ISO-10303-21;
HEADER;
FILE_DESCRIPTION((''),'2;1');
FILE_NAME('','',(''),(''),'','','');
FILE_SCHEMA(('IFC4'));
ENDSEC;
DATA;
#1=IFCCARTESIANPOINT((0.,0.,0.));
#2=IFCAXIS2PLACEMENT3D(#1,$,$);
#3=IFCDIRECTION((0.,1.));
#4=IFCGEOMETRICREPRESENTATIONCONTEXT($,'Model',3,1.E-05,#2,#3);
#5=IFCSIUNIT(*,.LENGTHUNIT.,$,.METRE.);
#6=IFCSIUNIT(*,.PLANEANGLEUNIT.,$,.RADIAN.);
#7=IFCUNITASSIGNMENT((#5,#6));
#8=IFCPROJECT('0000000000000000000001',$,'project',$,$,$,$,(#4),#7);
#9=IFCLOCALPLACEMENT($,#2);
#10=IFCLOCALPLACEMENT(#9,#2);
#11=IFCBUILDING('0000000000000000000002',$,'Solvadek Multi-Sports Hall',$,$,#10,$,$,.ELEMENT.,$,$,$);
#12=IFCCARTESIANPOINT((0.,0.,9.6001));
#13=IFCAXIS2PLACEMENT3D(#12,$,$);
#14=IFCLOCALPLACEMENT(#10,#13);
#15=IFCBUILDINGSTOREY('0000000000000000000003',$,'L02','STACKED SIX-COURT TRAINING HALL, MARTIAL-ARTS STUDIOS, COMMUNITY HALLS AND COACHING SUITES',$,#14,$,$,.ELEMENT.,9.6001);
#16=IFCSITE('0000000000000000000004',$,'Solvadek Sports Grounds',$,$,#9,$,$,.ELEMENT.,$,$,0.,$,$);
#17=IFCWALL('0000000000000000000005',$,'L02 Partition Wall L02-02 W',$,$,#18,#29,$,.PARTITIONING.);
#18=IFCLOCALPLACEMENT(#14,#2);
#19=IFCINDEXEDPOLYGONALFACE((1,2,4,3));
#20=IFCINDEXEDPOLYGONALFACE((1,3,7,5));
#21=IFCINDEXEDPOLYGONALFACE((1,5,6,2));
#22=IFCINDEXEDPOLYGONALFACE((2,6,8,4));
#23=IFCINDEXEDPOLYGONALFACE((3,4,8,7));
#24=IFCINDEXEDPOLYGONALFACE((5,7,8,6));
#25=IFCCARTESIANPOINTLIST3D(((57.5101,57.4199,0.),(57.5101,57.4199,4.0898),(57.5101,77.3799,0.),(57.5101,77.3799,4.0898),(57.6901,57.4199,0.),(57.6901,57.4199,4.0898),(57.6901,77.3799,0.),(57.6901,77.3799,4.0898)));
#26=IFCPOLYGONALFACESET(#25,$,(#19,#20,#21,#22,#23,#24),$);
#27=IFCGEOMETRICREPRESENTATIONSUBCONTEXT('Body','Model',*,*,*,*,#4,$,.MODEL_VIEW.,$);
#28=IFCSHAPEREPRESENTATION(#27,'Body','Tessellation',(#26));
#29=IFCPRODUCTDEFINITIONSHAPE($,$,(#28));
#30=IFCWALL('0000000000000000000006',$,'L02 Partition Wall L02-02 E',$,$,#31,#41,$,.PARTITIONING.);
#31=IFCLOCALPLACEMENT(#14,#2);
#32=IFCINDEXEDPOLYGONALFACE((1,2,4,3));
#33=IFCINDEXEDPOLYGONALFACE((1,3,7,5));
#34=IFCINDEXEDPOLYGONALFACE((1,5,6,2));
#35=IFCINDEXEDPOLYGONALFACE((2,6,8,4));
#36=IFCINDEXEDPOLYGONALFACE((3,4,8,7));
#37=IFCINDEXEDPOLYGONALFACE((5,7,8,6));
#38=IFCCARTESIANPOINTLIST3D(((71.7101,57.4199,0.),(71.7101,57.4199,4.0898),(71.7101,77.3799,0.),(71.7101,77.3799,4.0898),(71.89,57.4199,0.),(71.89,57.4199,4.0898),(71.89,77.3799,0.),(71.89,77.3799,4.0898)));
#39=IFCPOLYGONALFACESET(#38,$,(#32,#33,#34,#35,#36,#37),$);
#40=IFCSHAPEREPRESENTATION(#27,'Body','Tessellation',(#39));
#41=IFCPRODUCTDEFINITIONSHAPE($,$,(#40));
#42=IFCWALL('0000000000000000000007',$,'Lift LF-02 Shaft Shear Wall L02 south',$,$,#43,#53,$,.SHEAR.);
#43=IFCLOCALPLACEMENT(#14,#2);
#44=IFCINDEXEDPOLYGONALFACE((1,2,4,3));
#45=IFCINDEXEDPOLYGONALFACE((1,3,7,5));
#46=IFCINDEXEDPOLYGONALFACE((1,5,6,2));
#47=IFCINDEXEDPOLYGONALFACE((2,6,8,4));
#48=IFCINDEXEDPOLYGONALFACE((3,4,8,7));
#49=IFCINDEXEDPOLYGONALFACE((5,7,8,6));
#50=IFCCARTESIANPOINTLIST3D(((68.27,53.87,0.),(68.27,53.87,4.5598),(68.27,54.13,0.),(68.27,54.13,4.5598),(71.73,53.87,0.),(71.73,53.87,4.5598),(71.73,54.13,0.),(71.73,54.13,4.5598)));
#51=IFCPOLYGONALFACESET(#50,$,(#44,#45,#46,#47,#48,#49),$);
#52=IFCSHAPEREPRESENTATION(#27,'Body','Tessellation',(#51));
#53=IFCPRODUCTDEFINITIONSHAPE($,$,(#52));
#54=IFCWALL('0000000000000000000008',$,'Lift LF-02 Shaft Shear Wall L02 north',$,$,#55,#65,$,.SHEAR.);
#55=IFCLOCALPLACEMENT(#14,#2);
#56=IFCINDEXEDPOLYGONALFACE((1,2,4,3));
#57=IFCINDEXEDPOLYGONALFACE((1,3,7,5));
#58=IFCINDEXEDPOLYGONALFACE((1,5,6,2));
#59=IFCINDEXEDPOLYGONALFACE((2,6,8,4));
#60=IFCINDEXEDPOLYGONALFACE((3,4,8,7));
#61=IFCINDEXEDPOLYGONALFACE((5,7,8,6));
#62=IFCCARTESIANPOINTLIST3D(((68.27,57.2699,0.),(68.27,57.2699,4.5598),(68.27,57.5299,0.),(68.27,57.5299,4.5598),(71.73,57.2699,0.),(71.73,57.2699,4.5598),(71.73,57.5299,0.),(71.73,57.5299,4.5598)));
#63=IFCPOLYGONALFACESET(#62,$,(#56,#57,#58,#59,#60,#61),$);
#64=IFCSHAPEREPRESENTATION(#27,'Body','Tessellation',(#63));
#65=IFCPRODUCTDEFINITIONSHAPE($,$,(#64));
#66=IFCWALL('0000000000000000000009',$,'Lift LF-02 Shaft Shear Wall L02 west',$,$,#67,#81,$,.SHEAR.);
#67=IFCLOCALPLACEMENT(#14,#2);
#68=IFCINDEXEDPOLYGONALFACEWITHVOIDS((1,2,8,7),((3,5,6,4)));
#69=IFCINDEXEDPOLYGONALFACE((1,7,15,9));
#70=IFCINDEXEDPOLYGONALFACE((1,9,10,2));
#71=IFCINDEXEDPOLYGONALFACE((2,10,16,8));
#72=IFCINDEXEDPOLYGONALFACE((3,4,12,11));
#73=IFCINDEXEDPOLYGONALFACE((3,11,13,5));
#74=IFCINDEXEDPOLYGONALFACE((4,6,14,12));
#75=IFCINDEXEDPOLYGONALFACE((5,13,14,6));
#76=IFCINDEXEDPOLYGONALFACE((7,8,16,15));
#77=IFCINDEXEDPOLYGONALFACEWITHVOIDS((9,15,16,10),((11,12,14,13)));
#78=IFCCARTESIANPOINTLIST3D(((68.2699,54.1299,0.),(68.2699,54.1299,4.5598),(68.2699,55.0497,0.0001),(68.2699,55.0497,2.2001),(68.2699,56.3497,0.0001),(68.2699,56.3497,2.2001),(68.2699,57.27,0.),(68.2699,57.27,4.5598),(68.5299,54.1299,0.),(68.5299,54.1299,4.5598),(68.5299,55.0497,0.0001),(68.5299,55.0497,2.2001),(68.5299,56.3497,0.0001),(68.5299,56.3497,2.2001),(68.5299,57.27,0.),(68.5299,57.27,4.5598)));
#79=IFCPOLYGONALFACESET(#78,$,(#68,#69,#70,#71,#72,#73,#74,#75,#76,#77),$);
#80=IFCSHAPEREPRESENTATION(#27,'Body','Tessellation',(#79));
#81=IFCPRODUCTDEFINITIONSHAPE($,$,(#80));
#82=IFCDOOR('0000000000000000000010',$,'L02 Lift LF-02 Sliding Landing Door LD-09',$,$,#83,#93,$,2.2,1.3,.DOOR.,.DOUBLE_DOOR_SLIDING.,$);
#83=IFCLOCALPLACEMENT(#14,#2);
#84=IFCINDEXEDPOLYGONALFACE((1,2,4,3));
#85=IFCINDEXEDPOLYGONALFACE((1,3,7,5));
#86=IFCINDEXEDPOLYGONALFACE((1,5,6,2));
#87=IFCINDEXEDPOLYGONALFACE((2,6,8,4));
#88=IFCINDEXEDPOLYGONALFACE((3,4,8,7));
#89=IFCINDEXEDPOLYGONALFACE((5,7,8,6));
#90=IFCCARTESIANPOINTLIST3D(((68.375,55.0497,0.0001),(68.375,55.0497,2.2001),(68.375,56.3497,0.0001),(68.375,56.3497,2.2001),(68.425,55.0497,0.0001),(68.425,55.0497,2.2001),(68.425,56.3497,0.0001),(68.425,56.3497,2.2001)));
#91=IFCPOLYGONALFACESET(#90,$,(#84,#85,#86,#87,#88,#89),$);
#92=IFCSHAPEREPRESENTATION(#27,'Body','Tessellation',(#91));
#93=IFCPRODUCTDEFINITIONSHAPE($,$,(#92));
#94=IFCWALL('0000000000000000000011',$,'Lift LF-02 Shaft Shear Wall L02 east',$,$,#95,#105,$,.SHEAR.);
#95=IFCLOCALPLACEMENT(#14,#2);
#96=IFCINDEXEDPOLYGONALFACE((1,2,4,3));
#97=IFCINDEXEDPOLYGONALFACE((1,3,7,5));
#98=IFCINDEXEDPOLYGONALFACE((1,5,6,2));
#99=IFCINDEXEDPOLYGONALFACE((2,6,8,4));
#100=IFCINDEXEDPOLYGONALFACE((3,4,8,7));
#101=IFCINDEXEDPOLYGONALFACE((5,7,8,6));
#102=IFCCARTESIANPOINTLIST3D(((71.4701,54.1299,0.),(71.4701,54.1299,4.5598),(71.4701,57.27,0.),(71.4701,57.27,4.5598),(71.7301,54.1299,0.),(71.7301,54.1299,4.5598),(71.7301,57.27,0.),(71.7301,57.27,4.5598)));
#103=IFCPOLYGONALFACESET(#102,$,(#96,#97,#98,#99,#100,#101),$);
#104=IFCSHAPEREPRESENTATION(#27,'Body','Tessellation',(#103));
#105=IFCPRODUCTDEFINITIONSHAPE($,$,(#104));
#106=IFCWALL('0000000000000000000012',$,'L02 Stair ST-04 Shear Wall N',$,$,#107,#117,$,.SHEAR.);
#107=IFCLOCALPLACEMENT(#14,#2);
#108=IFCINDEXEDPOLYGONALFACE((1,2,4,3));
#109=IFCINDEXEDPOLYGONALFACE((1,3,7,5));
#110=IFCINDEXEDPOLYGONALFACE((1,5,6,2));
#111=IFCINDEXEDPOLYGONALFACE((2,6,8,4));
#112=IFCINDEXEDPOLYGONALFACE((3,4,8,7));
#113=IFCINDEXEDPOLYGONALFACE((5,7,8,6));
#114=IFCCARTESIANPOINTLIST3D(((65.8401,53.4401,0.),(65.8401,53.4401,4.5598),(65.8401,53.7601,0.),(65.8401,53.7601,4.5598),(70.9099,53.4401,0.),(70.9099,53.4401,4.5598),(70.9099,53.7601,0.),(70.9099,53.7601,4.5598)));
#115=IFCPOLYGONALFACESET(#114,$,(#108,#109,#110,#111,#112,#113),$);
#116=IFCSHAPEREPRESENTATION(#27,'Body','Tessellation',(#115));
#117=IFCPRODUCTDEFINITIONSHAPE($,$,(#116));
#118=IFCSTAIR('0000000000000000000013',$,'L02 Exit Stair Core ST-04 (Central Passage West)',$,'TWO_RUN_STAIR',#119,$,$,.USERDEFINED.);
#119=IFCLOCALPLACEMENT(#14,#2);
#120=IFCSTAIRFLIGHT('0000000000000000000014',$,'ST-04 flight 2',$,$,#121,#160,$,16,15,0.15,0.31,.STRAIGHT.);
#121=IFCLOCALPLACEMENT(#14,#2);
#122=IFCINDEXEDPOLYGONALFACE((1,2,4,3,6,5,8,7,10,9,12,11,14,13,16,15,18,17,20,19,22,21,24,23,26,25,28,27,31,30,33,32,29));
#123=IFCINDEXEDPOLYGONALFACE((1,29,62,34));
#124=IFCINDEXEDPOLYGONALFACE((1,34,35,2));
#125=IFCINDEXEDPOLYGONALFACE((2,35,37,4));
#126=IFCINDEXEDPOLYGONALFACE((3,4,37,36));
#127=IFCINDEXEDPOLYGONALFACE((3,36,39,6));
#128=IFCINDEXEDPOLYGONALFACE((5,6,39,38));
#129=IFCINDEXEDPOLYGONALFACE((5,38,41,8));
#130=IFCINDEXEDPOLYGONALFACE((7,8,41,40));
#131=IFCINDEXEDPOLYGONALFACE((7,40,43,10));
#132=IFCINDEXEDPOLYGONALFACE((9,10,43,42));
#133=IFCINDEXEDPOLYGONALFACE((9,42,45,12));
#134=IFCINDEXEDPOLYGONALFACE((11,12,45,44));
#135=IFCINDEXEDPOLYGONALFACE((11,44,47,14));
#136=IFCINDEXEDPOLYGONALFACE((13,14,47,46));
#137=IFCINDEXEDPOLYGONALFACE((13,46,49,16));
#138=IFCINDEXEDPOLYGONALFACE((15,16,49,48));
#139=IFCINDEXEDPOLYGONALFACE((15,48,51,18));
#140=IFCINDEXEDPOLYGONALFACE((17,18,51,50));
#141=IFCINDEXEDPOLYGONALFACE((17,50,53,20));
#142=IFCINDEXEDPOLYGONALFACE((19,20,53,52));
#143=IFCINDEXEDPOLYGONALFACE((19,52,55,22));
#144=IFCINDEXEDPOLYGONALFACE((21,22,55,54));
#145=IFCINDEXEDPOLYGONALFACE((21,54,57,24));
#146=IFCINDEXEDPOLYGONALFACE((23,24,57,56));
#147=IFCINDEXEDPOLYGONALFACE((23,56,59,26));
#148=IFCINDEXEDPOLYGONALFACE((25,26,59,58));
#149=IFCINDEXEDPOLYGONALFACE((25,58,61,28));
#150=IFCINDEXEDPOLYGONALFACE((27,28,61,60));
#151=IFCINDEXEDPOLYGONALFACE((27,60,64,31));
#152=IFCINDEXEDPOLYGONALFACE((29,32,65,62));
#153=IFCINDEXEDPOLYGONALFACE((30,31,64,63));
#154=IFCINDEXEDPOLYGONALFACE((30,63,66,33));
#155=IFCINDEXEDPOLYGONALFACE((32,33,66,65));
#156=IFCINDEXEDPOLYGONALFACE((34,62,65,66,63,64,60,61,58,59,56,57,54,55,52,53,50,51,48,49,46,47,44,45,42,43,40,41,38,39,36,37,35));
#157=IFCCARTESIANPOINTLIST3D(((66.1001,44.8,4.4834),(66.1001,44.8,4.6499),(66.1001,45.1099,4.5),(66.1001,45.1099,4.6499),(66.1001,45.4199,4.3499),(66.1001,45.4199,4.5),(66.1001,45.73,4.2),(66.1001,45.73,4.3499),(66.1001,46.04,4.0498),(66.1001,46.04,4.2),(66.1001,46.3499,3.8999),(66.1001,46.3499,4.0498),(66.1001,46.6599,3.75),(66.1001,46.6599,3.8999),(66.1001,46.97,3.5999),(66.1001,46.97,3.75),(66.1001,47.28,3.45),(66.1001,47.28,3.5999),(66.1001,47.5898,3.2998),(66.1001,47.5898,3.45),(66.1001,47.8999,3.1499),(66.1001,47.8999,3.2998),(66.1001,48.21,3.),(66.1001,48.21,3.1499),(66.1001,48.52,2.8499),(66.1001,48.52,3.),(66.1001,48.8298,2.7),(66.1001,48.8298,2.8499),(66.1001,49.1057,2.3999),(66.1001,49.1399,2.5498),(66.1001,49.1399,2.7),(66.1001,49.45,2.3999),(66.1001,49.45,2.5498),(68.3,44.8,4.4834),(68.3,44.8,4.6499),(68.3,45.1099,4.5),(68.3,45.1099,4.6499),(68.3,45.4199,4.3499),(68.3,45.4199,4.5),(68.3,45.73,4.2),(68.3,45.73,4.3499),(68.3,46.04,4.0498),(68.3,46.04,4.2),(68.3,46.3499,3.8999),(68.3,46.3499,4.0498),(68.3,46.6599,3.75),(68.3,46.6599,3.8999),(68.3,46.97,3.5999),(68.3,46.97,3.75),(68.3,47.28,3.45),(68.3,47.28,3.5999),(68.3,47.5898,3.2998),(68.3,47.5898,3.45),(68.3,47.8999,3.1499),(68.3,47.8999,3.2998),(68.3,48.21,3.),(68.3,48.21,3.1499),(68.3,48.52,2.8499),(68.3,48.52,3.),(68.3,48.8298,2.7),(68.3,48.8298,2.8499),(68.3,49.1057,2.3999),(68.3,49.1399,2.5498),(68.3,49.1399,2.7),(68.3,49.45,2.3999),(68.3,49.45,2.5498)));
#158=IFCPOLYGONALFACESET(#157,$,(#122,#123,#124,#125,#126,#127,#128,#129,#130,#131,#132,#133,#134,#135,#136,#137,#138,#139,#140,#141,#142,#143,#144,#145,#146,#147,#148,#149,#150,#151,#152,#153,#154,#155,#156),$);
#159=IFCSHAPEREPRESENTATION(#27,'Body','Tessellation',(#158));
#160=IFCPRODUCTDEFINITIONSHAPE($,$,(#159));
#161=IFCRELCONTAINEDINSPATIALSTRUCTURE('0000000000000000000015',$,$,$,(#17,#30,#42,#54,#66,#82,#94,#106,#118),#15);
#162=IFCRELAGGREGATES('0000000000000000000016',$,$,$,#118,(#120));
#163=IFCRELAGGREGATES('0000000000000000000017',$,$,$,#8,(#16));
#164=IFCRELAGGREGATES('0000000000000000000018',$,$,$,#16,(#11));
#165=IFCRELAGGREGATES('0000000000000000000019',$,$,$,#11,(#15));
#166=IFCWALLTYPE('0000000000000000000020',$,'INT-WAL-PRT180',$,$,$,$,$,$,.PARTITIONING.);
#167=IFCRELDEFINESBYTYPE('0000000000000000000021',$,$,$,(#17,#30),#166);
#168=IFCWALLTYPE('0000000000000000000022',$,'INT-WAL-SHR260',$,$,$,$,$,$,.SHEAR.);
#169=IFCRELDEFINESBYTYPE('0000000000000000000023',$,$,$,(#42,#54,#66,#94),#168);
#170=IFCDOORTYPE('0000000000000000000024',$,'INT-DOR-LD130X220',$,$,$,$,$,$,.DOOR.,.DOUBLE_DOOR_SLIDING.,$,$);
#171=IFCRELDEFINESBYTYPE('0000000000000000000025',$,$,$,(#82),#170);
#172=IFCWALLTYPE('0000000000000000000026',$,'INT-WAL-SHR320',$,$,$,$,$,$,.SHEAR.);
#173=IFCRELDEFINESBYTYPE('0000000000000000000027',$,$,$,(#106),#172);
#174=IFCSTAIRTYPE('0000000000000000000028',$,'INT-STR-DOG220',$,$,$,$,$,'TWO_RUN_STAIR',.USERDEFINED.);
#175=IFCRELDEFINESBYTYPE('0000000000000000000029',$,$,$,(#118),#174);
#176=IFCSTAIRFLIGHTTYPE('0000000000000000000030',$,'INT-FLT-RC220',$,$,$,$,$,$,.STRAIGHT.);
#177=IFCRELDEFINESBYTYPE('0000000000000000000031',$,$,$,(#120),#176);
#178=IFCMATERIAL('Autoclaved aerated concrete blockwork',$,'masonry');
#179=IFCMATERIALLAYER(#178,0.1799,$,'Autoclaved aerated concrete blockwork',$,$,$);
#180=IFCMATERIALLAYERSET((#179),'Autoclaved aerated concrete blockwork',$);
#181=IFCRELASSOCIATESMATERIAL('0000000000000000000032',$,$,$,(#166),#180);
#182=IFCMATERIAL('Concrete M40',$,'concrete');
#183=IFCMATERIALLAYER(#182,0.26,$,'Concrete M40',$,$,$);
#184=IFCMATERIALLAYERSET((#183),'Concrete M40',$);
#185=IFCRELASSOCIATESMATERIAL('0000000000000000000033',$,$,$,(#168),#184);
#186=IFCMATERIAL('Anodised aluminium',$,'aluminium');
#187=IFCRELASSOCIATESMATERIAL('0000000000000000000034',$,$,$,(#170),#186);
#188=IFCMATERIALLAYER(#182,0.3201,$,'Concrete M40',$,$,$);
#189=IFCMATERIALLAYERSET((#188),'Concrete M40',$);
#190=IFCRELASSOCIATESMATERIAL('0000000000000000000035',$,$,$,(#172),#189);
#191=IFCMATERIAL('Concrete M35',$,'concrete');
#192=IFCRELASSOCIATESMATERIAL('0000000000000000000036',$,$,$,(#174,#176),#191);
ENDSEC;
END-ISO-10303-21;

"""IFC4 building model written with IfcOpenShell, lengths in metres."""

from ifc_helpers import new_model, si_unit, direction, frame, frame_2d, origin, place, context, subcontext, project, spatial, polyline, rectangle, outline, extrude, material, layer, layer_set, type_object, element, fill, aggregate, save


model = new_model("IFC4")

# Units and contexts
model_context = context("Model", 3, precision=1e-05, world=origin(), true_north=direction((0.0, 1.0)))
body_context = subcontext(model_context, "Body", "Model", "MODEL_VIEW")
ifc_project = project(units=[si_unit("LENGTHUNIT", "METRE"), si_unit("PLANEANGLEUNIT", "RADIAN")], contexts=[model_context])

# Site, building, storey
site_placement = place(None, origin())
site = spatial("IfcSite", under=ifc_project, at=site_placement, Name="Solvadek Sports Grounds", CompositionType="ELEMENT", RefElevation=0.0)
building_placement = place(site_placement, origin())
building = spatial("IfcBuilding", under=site, at=building_placement, Name="Solvadek Multi-Sports Hall", CompositionType="ELEMENT")
storey_placement = place(building_placement, frame((0.0, 0.0, 9.6001)))
storey = spatial("IfcBuildingStorey", under=building, at=storey_placement, Name="L02", Description="STACKED SIX-COURT TRAINING HALL, MARTIAL-ARTS STUDIOS, COMMUNITY HALLS AND COACHING SUITES", CompositionType="ELEMENT", Elevation=9.6001)

# Shared definitions
ifc_material_1 = material(Name="Anodised aluminium", Category="aluminium")

# Shared definitions
ifc_material_2 = material(Name="Autoclaved aerated concrete blockwork", Category="masonry")
ifc_layer_1 = layer(ifc_material_2, 0.1799, Name="Autoclaved aerated concrete blockwork")
ifc_layer_set_1 = layer_set([ifc_layer_1], Name="Autoclaved aerated concrete blockwork")
wall_type_1 = type_object("IfcWallType", Name="INT-WAL-PRT180", PredefinedType="PARTITIONING", material=ifc_layer_set_1)

# Walls
for number, where, z_axis, x_axis, name in (
    (1, (57.6001, 57.4199, 0.0), (0.0, 0.0, 1.0), (0.0, 1.0, 0.0), "L02 Partition Wall L02-02 W"),
    (2, (71.8, 57.4199, 0.0), (0.0, 0.0, 1.0), (0.0, 1.0, 0.0), "L02 Partition Wall L02-02 E"),
):
    element("IfcWall", number, at=place(storey_placement, frame(where, z_axis=z_axis, x_axis=x_axis)), inside=storey, type_object=wall_type_1, Name=name, PredefinedType="PARTITIONING", context=body_context, shape_type="SweptSolid", body=[
        extrude(rectangle(XDim=19.96, YDim=0.1799, at=frame_2d((9.98, 0.0))), origin(), (0.0, 0.0, 1.0), 4.0898),
    ])
ifc_material_3 = material(Name="Concrete M40", Category="concrete")
ifc_layer_2 = layer(ifc_material_3, 0.26, Name="Concrete M40")
ifc_layer_set_2 = layer_set([ifc_layer_2], Name="Concrete M40")
wall_type_2 = type_object("IfcWallType", Name="INT-WAL-SHR260", PredefinedType="SHEAR", material=ifc_layer_set_2)
for number, where, z_axis, x_axis, name in (
    (3, (68.27, 54.0, 0.0), (0.0, 0.0, 1.0), (1.0, 0.0, 0.0), "Lift LF-02 Shaft Shear Wall L02 south"),
    (4, (68.27, 57.3999, 0.0), (0.0, 0.0, 1.0), (1.0, 0.0, 0.0), "Lift LF-02 Shaft Shear Wall L02 north"),
):
    element("IfcWall", number, at=place(storey_placement, frame(where, z_axis=z_axis, x_axis=x_axis)), inside=storey, type_object=wall_type_2, Name=name, PredefinedType="SHEAR", context=body_context, shape_type="SweptSolid", body=[
        extrude(rectangle(XDim=3.46, YDim=0.26, at=frame_2d((1.73, 0.0))), origin(), (0.0, 0.0, 1.0), 4.5598),
    ])

# Wall, opening, door
wall_1_placement = place(storey_placement, frame((68.3999, 54.1299, 0.0), z_axis=(0.0, 0.0, 1.0), x_axis=(0.0, 1.0, 0.0)))
wall_1 = element("IfcWall", 5, at=wall_1_placement, inside=storey, type_object=wall_type_2, Name="Lift LF-02 Shaft Shear Wall L02 west", PredefinedType="SHEAR", context=body_context, shape_type="SweptSolid", body=[
    extrude(rectangle(XDim=3.1401, YDim=0.26, at=frame_2d((1.5701, 0.0))), origin(), (0.0, 0.0, 1.0), 4.5598),
])
opening_1_placement = place(wall_1_placement, frame((0.9199, 0.0, 0.0)))
opening_1 = element("IfcOpeningElement", 6, at=opening_1_placement, cuts=wall_1, PredefinedType="OPENING", context=body_context, shape_type="SweptSolid", body=[
    extrude(rectangle(XDim=1.3, YDim=2.2, at=frame_2d((0.6499, 1.1001))), frame((0.0, 0.1399, 0.0), z_axis=(0.0, -1.0, 0.0), x_axis=(1.0, 0.0, 0.0)), (0.0, 0.0, 1.0), 0.28),
])
door_type_1 = type_object("IfcDoorType", Name="INT-DOR-LD130X220", OperationType="DOUBLE_DOOR_SLIDING", PredefinedType="DOOR", material=ifc_material_1)
door_1_placement = place(opening_1_placement, origin())
door_1 = element("IfcDoor", 7, at=door_1_placement, inside=storey, type_object=door_type_1, Name="L02 Lift LF-02 Sliding Landing Door LD-09", OperationType="DOUBLE_DOOR_SLIDING", OverallHeight=2.2, OverallWidth=1.3, PredefinedType="DOOR", context=body_context, shape_type="SweptSolid", body=[
    extrude(rectangle(XDim=1.3, YDim=2.2, at=frame_2d((0.6499, 1.1001))), frame((0.0, 0.0249, 0.0), z_axis=(0.0, -1.0, 0.0), x_axis=(1.0, 0.0, 0.0)), (0.0, 0.0, 1.0), 0.05),
])
fill(opening_1, door_1)

# Walls
wall_2_placement = place(storey_placement, frame((71.6001, 54.1299, 0.0), z_axis=(0.0, 0.0, 1.0), x_axis=(0.0, 1.0, 0.0)))
element("IfcWall", 8, at=wall_2_placement, inside=storey, type_object=wall_type_2, Name="Lift LF-02 Shaft Shear Wall L02 east", PredefinedType="SHEAR", context=body_context, shape_type="SweptSolid", body=[
    extrude(rectangle(XDim=3.1401, YDim=0.26, at=frame_2d((1.5701, 0.0))), origin(), (0.0, 0.0, 1.0), 4.5598),
])
ifc_layer_3 = layer(ifc_material_3, 0.3201, Name="Concrete M40")
ifc_layer_set_3 = layer_set([ifc_layer_3], Name="Concrete M40")
wall_type_3 = type_object("IfcWallType", Name="INT-WAL-SHR320", PredefinedType="SHEAR", material=ifc_layer_set_3)
wall_3_placement = place(storey_placement, frame((65.8401, 53.6001, 0.0), z_axis=(0.0, 0.0, 1.0), x_axis=(1.0, 0.0, 0.0)))
element("IfcWall", 9, at=wall_3_placement, inside=storey, type_object=wall_type_3, Name="L02 Stair ST-04 Shear Wall N", PredefinedType="SHEAR", context=body_context, shape_type="SweptSolid", body=[
    extrude(rectangle(XDim=5.0698, YDim=0.3201, at=frame_2d((2.5349, 0.0))), origin(), (0.0, 0.0, 1.0), 4.5598),
])

# Stair, stair flight
ifc_material_4 = material(Name="Concrete M35", Category="concrete")
stair_type = type_object("IfcStairType", Name="INT-STR-DOG220", ElementType="TWO_RUN_STAIR", PredefinedType="USERDEFINED", material=ifc_material_4)
stair_placement = place(storey_placement, origin())
stair = element("IfcStair", 10, at=stair_placement, inside=storey, type_object=stair_type, Name="L02 Exit Stair Core ST-04 (Central Passage West)", ObjectType="TWO_RUN_STAIR", PredefinedType="USERDEFINED")
stair_flight_type = type_object("IfcStairFlightType", Name="INT-FLT-RC220", PredefinedType="STRAIGHT", material=ifc_material_4)
stair_flight_placement = place(storey_placement, frame((67.2, 49.45, 2.3999), z_axis=(0.0, 0.0, 1.0), x_axis=(0.0, -1.0, 0.0)))
stair_flight = element("IfcStairFlight", 11, at=stair_flight_placement, type_object=stair_flight_type, Name="ST-04 flight 2", NumberOfRisers=16, NumberOfTreads=15, PredefinedType="STRAIGHT", RiserHeight=0.15, TreadLength=0.31, context=body_context, shape_type="SweptSolid", body=[
    extrude(outline(polyline([(0.0, 0.0), (0.0, 0.1499), (0.3101, 0.1499), (0.3101, 0.3), (0.6201, 0.3), (0.6201, 0.45), (0.9299, 0.45), (0.9299, 0.6001), (1.24, 0.6001), (1.24, 0.75), (1.55, 0.75), (1.55, 0.8999), (1.8601, 0.8999), (1.8601, 1.05), (2.1699, 1.05), (2.1699, 1.2), (2.48, 1.2), (2.48, 1.3501), (2.79, 1.3501), (2.79, 1.5), (3.1001, 1.5), (3.1001, 1.6499), (3.4099, 1.6499), (3.4099, 1.8), (3.72, 1.8), (3.72, 1.95), (4.03, 1.95), (4.03, 2.1001), (4.3401, 2.1001), (4.3401, 2.25), (4.6499, 2.25), (4.6499, 2.3999), (4.6499, 2.0835), (0.3442, 0.0), (0.0, 0.0)])), frame((0.0, 1.1001, 0.0), z_axis=(0.0, -1.0, 0.0), x_axis=(1.0, 0.0, 0.0)), (0.0, 0.0, 1.0), 2.2),
])
aggregate(stair, [stair_flight])

save(model, "model.ifc")
